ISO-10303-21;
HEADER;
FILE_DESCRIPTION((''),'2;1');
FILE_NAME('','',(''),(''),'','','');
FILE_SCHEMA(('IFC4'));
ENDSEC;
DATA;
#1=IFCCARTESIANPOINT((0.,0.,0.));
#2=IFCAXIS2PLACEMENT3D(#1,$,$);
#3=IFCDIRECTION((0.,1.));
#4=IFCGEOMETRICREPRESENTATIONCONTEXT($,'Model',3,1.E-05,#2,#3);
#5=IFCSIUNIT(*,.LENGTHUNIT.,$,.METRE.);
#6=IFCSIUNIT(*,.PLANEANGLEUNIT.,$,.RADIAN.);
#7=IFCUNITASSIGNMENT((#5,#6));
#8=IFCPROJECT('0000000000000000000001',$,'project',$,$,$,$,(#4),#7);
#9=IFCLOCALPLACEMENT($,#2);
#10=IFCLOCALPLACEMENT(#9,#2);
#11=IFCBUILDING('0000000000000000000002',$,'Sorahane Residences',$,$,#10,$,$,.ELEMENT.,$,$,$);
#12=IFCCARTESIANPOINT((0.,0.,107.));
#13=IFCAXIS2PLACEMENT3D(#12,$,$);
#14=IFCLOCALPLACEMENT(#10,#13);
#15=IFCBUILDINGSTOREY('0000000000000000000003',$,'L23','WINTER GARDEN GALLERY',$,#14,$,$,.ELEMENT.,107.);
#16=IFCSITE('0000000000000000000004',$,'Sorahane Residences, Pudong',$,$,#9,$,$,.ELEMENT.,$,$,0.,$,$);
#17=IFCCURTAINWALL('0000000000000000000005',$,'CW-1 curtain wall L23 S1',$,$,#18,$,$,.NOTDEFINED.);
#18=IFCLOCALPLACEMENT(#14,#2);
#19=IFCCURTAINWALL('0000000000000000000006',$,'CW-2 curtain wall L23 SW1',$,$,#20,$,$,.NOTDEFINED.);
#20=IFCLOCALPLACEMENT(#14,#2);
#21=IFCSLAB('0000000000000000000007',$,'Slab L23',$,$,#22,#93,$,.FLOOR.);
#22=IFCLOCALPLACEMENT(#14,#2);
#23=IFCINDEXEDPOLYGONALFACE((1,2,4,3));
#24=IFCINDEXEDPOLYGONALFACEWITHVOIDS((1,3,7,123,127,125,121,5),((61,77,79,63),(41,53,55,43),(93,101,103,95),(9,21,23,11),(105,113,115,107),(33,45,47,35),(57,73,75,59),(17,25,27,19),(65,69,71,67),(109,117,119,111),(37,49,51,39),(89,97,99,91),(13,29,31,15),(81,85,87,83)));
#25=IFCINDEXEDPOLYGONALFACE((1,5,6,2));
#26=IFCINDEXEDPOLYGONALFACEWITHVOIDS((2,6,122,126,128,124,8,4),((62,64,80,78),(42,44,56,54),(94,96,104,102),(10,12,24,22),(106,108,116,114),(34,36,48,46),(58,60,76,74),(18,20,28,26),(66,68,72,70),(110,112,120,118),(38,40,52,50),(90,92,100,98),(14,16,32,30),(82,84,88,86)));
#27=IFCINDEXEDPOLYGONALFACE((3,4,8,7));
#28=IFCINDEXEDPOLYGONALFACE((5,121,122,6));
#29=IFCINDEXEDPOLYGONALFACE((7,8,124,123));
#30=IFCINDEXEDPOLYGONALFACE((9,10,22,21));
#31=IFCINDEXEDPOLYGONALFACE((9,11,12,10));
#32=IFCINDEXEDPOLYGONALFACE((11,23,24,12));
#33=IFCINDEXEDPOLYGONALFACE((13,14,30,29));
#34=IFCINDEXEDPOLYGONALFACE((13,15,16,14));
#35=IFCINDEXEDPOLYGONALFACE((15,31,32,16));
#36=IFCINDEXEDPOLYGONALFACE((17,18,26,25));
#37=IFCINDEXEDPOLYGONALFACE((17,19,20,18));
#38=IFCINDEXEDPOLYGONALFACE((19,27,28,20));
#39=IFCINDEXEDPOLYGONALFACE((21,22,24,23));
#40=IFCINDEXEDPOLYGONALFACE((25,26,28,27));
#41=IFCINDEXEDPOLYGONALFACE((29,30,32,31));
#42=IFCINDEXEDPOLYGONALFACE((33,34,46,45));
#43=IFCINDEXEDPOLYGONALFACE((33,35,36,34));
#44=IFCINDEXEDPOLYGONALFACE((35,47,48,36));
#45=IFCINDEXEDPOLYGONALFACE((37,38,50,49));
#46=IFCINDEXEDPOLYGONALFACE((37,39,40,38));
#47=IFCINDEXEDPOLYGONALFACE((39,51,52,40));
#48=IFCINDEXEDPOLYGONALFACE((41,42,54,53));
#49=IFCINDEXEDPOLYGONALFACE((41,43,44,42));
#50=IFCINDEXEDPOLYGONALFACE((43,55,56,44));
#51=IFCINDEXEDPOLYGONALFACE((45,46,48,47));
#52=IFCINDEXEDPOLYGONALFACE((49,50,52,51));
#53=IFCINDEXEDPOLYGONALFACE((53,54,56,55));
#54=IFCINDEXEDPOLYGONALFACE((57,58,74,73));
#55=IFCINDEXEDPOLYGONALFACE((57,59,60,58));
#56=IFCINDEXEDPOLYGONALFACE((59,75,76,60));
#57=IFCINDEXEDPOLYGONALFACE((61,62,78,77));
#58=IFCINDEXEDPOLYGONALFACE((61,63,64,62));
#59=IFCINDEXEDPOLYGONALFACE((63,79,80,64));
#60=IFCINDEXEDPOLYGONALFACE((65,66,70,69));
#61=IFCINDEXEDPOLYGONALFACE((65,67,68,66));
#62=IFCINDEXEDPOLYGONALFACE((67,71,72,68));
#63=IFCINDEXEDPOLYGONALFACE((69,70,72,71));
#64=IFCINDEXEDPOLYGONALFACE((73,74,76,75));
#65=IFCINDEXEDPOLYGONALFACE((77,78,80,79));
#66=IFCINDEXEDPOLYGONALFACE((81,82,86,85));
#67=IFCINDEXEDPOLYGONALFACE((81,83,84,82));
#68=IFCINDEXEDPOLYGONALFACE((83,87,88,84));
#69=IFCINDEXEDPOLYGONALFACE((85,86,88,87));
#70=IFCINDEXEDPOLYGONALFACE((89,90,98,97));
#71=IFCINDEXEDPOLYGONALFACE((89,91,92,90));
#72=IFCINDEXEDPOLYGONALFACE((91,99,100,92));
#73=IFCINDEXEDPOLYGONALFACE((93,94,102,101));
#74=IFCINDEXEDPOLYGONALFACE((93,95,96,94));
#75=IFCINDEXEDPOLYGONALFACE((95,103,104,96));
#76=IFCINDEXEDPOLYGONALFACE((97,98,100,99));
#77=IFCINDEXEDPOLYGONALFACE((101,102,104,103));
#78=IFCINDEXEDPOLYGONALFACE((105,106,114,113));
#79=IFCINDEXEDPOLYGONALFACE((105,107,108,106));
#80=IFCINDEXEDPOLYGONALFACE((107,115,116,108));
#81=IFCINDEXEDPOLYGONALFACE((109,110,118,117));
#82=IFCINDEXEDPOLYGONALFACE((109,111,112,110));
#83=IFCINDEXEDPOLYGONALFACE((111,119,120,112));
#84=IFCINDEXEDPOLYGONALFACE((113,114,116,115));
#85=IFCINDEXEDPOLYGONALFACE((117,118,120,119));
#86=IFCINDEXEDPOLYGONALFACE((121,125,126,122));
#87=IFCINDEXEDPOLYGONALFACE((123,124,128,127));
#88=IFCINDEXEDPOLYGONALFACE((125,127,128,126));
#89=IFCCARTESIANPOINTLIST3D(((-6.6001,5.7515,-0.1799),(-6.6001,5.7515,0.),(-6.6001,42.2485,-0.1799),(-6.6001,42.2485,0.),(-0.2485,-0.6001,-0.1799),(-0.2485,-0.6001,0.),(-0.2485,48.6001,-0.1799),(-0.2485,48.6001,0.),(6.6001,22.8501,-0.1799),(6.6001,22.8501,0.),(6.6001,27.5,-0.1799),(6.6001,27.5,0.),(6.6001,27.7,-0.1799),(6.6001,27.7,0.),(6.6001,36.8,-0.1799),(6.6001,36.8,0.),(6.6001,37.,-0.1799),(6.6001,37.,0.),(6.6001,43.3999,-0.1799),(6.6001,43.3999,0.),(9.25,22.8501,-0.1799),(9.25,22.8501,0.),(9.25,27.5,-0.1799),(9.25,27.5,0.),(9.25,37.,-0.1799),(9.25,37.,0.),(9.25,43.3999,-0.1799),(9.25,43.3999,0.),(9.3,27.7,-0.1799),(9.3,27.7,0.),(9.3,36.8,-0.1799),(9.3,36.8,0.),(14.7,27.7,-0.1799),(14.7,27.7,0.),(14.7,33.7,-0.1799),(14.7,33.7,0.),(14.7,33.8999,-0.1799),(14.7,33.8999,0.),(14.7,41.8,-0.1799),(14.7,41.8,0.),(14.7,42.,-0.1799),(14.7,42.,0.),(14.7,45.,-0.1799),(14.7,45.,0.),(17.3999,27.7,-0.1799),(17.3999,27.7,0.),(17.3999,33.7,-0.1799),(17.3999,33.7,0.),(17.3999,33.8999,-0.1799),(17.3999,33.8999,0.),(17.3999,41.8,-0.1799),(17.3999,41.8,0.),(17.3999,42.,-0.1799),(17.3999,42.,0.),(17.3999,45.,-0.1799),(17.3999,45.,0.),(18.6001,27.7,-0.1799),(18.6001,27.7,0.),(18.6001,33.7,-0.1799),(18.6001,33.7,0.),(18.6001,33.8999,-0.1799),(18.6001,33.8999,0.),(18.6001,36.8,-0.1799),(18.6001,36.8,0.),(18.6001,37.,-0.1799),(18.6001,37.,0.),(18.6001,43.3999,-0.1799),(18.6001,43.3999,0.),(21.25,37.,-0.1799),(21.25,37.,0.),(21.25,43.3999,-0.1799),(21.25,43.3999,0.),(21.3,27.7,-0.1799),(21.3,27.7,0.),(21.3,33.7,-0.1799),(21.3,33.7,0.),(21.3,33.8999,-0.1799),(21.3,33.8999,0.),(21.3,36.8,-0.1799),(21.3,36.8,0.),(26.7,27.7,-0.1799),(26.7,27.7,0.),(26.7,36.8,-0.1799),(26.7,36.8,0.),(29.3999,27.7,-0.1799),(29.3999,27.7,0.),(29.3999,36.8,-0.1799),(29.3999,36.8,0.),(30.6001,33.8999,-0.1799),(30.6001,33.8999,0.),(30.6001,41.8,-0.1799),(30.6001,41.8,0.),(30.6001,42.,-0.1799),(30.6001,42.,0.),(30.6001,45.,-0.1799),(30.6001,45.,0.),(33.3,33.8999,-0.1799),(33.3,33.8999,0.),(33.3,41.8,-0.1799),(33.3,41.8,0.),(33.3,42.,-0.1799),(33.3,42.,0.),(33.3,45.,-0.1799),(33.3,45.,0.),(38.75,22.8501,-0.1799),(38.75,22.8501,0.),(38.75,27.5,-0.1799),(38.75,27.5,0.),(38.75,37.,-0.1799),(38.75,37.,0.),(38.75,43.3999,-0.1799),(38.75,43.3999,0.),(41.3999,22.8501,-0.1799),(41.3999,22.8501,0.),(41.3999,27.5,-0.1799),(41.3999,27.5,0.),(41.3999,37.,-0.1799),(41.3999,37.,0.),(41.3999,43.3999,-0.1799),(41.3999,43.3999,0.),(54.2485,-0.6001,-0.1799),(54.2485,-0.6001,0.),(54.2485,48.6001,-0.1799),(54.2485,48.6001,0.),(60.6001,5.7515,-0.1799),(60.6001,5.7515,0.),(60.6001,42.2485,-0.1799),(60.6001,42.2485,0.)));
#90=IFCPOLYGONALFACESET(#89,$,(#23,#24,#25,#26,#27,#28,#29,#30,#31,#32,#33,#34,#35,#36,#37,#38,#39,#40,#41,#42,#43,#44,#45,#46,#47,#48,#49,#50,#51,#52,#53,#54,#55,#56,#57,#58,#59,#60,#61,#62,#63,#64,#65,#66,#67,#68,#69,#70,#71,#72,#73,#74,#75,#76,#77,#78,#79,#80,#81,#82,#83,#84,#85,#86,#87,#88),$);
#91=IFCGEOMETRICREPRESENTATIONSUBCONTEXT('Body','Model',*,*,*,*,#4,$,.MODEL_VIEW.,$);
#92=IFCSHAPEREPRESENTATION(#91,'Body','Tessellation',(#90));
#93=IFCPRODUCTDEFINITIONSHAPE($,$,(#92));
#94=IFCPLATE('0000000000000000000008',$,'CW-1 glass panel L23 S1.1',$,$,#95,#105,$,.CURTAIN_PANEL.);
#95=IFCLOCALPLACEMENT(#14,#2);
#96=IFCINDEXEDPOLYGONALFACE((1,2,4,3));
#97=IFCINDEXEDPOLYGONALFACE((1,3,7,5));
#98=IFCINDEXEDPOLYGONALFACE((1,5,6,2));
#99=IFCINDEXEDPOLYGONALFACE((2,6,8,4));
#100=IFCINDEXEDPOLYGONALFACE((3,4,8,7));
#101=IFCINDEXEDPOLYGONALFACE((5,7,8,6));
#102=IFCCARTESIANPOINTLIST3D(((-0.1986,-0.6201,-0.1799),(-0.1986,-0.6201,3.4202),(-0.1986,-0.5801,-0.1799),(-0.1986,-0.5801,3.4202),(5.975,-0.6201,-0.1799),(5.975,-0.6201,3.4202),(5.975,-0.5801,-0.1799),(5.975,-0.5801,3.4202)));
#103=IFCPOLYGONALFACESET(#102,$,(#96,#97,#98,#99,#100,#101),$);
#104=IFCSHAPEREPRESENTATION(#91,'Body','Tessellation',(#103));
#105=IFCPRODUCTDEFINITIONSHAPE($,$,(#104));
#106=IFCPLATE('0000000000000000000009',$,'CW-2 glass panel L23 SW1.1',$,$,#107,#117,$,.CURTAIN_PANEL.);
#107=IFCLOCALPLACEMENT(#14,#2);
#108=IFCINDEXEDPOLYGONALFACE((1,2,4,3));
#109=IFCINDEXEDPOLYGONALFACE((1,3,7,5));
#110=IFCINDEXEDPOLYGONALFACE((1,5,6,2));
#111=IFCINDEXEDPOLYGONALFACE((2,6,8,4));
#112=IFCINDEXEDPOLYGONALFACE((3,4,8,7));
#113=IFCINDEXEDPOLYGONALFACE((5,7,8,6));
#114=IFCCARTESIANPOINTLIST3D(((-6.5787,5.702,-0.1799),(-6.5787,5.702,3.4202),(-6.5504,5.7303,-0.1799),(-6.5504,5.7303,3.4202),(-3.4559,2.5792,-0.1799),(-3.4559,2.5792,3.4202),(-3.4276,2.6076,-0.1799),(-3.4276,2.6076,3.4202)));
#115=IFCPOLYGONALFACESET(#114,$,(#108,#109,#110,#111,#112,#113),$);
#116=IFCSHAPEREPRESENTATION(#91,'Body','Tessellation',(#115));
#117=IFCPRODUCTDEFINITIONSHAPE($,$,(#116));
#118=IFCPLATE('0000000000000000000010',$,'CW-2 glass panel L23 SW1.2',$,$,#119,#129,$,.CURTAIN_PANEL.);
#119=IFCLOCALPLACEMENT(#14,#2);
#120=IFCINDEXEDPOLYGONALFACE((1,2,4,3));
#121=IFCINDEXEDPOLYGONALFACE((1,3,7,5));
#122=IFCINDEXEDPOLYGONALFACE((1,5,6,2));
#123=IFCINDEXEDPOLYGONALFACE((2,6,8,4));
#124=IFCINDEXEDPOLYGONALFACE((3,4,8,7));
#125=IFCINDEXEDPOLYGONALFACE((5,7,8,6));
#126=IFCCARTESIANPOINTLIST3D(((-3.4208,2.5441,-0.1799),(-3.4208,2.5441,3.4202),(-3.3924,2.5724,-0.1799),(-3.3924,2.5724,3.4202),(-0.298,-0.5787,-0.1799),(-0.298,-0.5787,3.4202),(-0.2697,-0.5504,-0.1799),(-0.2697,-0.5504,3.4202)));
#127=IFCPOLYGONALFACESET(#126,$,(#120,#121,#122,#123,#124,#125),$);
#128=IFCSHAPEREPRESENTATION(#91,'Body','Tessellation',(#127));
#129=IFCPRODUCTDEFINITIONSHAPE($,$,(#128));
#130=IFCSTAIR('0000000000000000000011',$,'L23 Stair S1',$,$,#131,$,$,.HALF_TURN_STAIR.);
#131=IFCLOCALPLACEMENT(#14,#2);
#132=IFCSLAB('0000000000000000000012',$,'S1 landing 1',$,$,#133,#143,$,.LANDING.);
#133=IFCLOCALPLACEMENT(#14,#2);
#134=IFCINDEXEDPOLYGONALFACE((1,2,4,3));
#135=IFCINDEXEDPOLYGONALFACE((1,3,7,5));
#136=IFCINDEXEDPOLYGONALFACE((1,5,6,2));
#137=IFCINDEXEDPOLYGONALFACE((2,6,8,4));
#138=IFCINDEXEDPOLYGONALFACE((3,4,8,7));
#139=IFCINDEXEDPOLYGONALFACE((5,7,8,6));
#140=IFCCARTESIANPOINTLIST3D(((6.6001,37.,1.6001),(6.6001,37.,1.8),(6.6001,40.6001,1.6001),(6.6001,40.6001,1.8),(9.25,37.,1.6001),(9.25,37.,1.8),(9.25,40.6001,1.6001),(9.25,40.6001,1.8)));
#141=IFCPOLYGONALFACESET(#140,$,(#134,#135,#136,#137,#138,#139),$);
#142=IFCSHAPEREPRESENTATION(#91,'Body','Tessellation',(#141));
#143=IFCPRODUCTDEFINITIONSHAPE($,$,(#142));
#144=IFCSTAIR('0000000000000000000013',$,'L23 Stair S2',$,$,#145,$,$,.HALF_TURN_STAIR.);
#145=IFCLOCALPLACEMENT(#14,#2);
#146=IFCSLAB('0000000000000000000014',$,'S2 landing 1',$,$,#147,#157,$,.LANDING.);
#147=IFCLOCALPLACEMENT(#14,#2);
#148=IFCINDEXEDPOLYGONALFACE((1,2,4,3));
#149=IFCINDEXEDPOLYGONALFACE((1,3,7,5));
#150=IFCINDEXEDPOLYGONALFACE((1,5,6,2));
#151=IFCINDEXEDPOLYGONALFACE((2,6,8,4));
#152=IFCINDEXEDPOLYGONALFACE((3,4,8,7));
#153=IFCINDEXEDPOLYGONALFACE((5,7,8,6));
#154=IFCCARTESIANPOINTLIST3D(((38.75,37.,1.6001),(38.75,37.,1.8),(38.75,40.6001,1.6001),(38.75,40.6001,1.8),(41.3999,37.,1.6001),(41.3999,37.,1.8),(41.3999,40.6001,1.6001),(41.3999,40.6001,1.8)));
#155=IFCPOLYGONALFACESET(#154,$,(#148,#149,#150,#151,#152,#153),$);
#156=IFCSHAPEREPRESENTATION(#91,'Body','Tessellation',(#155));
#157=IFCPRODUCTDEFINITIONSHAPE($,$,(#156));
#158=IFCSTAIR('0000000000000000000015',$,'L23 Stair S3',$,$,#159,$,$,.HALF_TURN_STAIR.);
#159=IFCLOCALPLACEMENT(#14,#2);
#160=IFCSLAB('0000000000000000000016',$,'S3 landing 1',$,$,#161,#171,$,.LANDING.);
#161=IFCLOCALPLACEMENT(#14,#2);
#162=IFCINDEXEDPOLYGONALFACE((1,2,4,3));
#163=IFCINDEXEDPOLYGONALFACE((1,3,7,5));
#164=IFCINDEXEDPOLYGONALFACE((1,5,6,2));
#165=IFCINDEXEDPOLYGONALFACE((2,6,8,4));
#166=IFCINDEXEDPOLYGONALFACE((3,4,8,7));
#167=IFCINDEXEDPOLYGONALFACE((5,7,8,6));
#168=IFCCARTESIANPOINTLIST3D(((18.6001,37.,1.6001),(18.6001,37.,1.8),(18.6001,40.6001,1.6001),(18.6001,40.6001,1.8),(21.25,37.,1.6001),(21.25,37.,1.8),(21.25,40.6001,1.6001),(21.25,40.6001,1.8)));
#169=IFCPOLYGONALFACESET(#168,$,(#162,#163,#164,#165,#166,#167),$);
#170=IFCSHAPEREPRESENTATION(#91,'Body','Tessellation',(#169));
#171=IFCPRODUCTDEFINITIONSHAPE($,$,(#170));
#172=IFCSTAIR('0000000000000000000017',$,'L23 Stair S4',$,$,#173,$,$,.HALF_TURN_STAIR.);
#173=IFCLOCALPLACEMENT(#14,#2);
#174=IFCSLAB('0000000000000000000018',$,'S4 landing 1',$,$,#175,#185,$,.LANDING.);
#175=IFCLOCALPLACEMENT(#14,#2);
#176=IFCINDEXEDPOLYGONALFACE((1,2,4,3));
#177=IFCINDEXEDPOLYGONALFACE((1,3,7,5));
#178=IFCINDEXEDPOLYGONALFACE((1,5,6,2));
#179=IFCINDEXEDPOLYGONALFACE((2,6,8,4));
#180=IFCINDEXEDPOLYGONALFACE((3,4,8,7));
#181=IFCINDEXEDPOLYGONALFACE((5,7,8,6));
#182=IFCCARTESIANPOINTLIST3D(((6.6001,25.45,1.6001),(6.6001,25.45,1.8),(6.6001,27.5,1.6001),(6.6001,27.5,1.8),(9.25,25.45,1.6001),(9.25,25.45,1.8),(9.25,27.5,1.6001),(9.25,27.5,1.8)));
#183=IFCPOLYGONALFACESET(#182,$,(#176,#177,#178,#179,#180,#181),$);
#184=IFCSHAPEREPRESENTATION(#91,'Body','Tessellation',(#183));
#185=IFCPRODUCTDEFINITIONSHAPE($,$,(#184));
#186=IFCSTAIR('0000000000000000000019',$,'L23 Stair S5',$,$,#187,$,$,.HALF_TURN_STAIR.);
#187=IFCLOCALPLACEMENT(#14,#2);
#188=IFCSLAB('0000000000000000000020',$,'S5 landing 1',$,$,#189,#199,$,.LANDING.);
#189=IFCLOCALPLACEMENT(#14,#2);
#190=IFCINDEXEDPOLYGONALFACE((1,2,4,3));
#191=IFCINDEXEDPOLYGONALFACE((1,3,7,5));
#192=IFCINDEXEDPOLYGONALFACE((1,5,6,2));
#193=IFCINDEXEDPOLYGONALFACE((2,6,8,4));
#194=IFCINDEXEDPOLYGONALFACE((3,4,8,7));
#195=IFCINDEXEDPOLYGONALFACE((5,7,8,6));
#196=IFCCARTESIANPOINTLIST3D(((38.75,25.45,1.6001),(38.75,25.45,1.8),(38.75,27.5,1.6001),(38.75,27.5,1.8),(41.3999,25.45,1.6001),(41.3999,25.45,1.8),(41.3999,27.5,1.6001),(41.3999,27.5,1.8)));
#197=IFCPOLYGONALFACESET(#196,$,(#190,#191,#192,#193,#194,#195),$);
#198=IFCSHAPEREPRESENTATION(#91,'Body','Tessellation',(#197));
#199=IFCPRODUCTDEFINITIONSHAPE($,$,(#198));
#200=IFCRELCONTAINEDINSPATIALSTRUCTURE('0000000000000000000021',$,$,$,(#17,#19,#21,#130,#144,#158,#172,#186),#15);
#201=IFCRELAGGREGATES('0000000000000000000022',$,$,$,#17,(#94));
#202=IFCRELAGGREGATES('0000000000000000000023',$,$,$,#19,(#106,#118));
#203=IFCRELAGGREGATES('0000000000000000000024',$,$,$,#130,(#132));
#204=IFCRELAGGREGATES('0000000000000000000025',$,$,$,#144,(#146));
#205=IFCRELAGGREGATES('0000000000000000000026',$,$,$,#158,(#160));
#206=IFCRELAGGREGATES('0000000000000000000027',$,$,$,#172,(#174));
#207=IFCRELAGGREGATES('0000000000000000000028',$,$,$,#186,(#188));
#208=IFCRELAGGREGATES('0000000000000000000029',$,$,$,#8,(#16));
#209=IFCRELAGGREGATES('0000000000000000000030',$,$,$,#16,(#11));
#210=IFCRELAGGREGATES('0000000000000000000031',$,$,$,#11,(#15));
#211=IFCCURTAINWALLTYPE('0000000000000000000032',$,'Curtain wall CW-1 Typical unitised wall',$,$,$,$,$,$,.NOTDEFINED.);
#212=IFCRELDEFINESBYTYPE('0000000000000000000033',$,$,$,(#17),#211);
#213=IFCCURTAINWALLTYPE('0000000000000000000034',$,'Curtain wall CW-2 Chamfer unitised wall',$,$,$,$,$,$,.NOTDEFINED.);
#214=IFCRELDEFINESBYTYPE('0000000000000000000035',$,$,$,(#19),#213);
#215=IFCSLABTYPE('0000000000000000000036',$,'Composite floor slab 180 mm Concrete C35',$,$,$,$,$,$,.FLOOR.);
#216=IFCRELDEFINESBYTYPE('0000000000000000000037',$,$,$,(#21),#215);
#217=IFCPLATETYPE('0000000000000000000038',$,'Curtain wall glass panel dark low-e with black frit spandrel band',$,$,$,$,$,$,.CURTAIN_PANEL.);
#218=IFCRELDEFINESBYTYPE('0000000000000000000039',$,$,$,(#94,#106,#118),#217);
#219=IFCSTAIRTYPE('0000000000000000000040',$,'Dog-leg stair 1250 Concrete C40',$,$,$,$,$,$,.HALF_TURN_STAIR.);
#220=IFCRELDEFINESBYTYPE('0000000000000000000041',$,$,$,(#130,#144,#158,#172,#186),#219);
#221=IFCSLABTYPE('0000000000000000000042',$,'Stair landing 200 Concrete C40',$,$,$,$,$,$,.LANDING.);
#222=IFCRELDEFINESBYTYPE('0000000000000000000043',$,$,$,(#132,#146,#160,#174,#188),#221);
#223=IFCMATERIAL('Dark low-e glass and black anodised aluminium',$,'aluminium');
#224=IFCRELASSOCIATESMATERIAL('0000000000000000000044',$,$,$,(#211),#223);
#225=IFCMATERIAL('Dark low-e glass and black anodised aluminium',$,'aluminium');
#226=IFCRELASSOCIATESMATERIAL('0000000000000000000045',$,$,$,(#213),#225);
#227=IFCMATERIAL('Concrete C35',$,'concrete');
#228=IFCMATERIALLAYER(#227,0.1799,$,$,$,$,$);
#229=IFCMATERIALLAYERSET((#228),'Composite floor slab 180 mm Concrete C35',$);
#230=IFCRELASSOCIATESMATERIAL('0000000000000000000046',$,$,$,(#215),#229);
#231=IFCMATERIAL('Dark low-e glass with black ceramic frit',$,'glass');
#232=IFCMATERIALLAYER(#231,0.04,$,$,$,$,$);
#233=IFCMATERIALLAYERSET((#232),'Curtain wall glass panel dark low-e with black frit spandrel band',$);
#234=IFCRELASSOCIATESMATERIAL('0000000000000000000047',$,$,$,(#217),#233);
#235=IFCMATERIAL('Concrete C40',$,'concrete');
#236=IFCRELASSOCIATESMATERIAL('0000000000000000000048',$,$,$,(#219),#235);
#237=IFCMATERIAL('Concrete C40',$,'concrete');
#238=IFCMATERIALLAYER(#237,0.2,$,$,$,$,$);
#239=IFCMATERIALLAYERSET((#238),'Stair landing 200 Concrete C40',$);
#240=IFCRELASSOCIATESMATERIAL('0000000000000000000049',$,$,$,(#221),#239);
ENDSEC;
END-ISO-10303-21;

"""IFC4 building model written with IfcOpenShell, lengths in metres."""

from ifc_helpers import new_model, si_unit, direction, frame, origin, origin_2d, place, context, subcontext, project, spatial, polyline, rectangle, outline, extrude, material, layer, layer_set, type_object, element, aggregate, save


model = new_model("IFC4")

# Units and contexts
model_context = context("Model", 3, precision=1e-05, world=origin(), true_north=direction((0.0, 1.0)))
body_context = subcontext(model_context, "Body", "Model", "MODEL_VIEW")
ifc_project = project(units=[si_unit("LENGTHUNIT", "METRE"), si_unit("PLANEANGLEUNIT", "RADIAN")], contexts=[model_context])

# Site, building, storey
site_placement = place(None, origin())
site = spatial("IfcSite", under=ifc_project, at=site_placement, Name="Sorahane Residences, Pudong", CompositionType="ELEMENT", RefElevation=0.0)
building_placement = place(site_placement, origin())
building = spatial("IfcBuilding", under=site, at=building_placement, Name="Sorahane Residences", CompositionType="ELEMENT")
storey_placement = place(building_placement, frame((0.0, 0.0, 107.0)))
storey = spatial("IfcBuildingStorey", under=building, at=storey_placement, Name="L23", Description="WINTER GARDEN GALLERY", CompositionType="ELEMENT", Elevation=107.0)

# Curtain wall
ifc_material_1 = material(Name="Dark low-e glass and black anodised aluminium", Category="aluminium")
curtain_wall_type_1 = type_object("IfcCurtainWallType", Name="Curtain wall CW-1 Typical unitised wall", PredefinedType="NOTDEFINED", material=ifc_material_1)
curtain_wall_1_placement = place(storey_placement, origin())
curtain_wall_1 = element("IfcCurtainWall", 1, at=curtain_wall_1_placement, inside=storey, type_object=curtain_wall_type_1, Name="CW-1 curtain wall L23 S1", PredefinedType="NOTDEFINED")

# Curtain wall
ifc_material_2 = material(Name="Dark low-e glass and black anodised aluminium", Category="aluminium")
curtain_wall_type_2 = type_object("IfcCurtainWallType", Name="Curtain wall CW-2 Chamfer unitised wall", PredefinedType="NOTDEFINED", material=ifc_material_2)
curtain_wall_2_placement = place(storey_placement, origin())
curtain_wall_2 = element("IfcCurtainWall", 2, at=curtain_wall_2_placement, inside=storey, type_object=curtain_wall_type_2, Name="CW-2 curtain wall L23 SW1", PredefinedType="NOTDEFINED")

# Slab
ifc_material_3 = material(Name="Concrete C35", Category="concrete")
ifc_layer_1 = layer(ifc_material_3, 0.1799)
ifc_layer_set_1 = layer_set([ifc_layer_1], Name="Composite floor slab 180 mm Concrete C35")
slab_type_1 = type_object("IfcSlabType", Name="Composite floor slab 180 mm Concrete C35", PredefinedType="FLOOR", material=ifc_layer_set_1)
slab_1_placement = place(storey_placement, frame((0.0, 0.0, -0.1799)))
element("IfcSlab", 3, at=slab_1_placement, inside=storey, type_object=slab_type_1, Name="Slab L23", PredefinedType="FLOOR", context=body_context, shape_type="SweptSolid", body=[
    extrude(outline(polyline([(-0.2485, -0.6001), (-6.6001, 5.7515), (-6.6001, 42.2485), (-0.2485, 48.6001), (54.2485, 48.6001), (60.6001, 42.2485), (60.6001, 5.7515), (54.2485, -0.6001), (-0.2485, -0.6001)]), holes=[polyline([(18.6001, 27.7), (21.3, 27.7), (21.3, 33.7), (18.6001, 33.7), (18.6001, 27.7)]), polyline([(30.6001, 42.0), (33.3, 42.0), (33.3, 45.0), (30.6001, 45.0), (30.6001, 42.0)]), polyline([(14.7, 27.7), (17.3999, 27.7), (17.3999, 33.7), (14.7, 33.7), (14.7, 27.7)]), polyline([(14.7, 42.0), (17.3999, 42.0), (17.3999, 45.0), (14.7, 45.0), (14.7, 42.0)]), polyline([(6.6001, 27.7), (9.3, 27.7), (9.3, 36.8), (6.6001, 36.8), (6.6001, 27.7)]), polyline([(6.6001, 43.3999), (6.6001, 37.0), (9.25, 37.0), (9.25, 43.3999), (6.6001, 43.3999)]), polyline([(38.75, 43.3999), (38.75, 37.0), (41.3999, 37.0), (41.3999, 43.3999), (38.75, 43.3999)]), polyline([(18.6001, 43.3999), (18.6001, 37.0), (21.25, 37.0), (21.25, 43.3999), (18.6001, 43.3999)]), polyline([(9.25, 22.8501), (9.25, 27.5), (6.6001, 27.5), (6.6001, 22.8501), (9.25, 22.8501)]), polyline([(41.3999, 22.8501), (41.3999, 27.5), (38.75, 27.5), (38.75, 22.8501), (41.3999, 22.8501)]), polyline([(14.7, 33.8999), (17.3999, 33.8999), (17.3999, 41.8), (14.7, 41.8), (14.7, 33.8999)]), polyline([(30.6001, 33.8999), (33.3, 33.8999), (33.3, 41.8), (30.6001, 41.8), (30.6001, 33.8999)]), polyline([(18.6001, 33.8999), (21.3, 33.8999), (21.3, 36.8), (18.6001, 36.8), (18.6001, 33.8999)]), polyline([(26.7, 27.7), (29.3999, 27.7), (29.3999, 36.8), (26.7, 36.8), (26.7, 27.7)])]), origin(), (0.0, 0.0, 1.0), 0.1799),
])

# Plates
ifc_material_4 = material(Name="Dark low-e glass with black ceramic frit", Category="glass")
ifc_layer_2 = layer(ifc_material_4, 0.04)
ifc_layer_set_2 = layer_set([ifc_layer_2], Name="Curtain wall glass panel dark low-e with black frit spandrel band")
plate_type = type_object("IfcPlateType", Name="Curtain wall glass panel dark low-e with black frit spandrel band", PredefinedType="CURTAIN_PANEL", material=ifc_layer_set_2)
plate_1_placement = place(storey_placement, frame((2.8882, -0.6001, -0.1799), z_axis=(0.0, 0.0, 1.0), x_axis=(1.0, 0.0, 0.0)))
plate_1 = element("IfcPlate", 4, at=plate_1_placement, type_object=plate_type, Name="CW-1 glass panel L23 S1.1", PredefinedType="CURTAIN_PANEL", context=body_context, shape_type="SweptSolid", body=[
    extrude(rectangle(XDim=6.1736, YDim=0.04, at=origin_2d()), origin(), (0.0, 0.0, 1.0), 3.6001),
])
aggregate(curtain_wall_1, [plate_1])
plate_2_placement = place(storey_placement, frame((-5.0032, 4.1548, -0.1799), z_axis=(0.0, 0.0, 1.0), x_axis=(0.707107, -0.707107, 0.0)))
plate_2 = element("IfcPlate", 5, at=plate_2_placement, type_object=plate_type, Name="CW-2 glass panel L23 SW1.1", PredefinedType="CURTAIN_PANEL", context=body_context, shape_type="SweptSolid", body=[
    extrude(rectangle(XDim=4.4163, YDim=0.04, at=origin_2d()), origin(), (0.0, 0.0, 1.0), 3.6001),
])
plate_3_placement = place(storey_placement, frame((-1.8452, 0.9968, -0.1799), z_axis=(0.0, 0.0, 1.0), x_axis=(0.707107, -0.707107, 0.0)))
plate_3 = element("IfcPlate", 6, at=plate_3_placement, type_object=plate_type, Name="CW-2 glass panel L23 SW1.2", PredefinedType="CURTAIN_PANEL", context=body_context, shape_type="SweptSolid", body=[
    extrude(rectangle(XDim=4.4163, YDim=0.04, at=origin_2d()), origin(), (0.0, 0.0, 1.0), 3.6001),
])
aggregate(curtain_wall_2, [plate_2, plate_3])

# Stairs, slabs
ifc_material_5 = material(Name="Concrete C40", Category="concrete")
stair_type = type_object("IfcStairType", Name="Dog-leg stair 1250 Concrete C40", PredefinedType="HALF_TURN_STAIR", material=ifc_material_5)
stair_1_placement = place(storey_placement, origin())
stair_1 = element("IfcStair", 7, at=stair_1_placement, inside=storey, type_object=stair_type, Name="L23 Stair S1", PredefinedType="HALF_TURN_STAIR")
ifc_material_6 = material(Name="Concrete C40", Category="concrete")
ifc_layer_3 = layer(ifc_material_6, 0.2)
ifc_layer_set_3 = layer_set([ifc_layer_3], Name="Stair landing 200 Concrete C40")
slab_type_2 = type_object("IfcSlabType", Name="Stair landing 200 Concrete C40", PredefinedType="LANDING", material=ifc_layer_set_3)
slab_2_placement = place(storey_placement, frame((0.0, 0.0, 1.6001)))
slab_2 = element("IfcSlab", 8, at=slab_2_placement, type_object=slab_type_2, Name="S1 landing 1", PredefinedType="LANDING", context=body_context, shape_type="SweptSolid", body=[
    extrude(outline(polyline([(6.6001, 40.6001), (6.6001, 37.0), (9.25, 37.0), (9.25, 40.6001), (6.6001, 40.6001)])), origin(), (0.0, 0.0, 1.0), 0.2),
])
aggregate(stair_1, [slab_2])
stair_2_placement = place(storey_placement, origin())
stair_2 = element("IfcStair", 9, at=stair_2_placement, inside=storey, type_object=stair_type, Name="L23 Stair S2", PredefinedType="HALF_TURN_STAIR")
slab_3_placement = place(storey_placement, frame((0.0, 0.0, 1.6001)))
slab_3 = element("IfcSlab", 10, at=slab_3_placement, type_object=slab_type_2, Name="S2 landing 1", PredefinedType="LANDING", context=body_context, shape_type="SweptSolid", body=[
    extrude(outline(polyline([(38.75, 40.6001), (38.75, 37.0), (41.3999, 37.0), (41.3999, 40.6001), (38.75, 40.6001)])), origin(), (0.0, 0.0, 1.0), 0.2),
])
aggregate(stair_2, [slab_3])
stair_3_placement = place(storey_placement, origin())
stair_3 = element("IfcStair", 11, at=stair_3_placement, inside=storey, type_object=stair_type, Name="L23 Stair S3", PredefinedType="HALF_TURN_STAIR")
slab_4_placement = place(storey_placement, frame((0.0, 0.0, 1.6001)))
slab_4 = element("IfcSlab", 12, at=slab_4_placement, type_object=slab_type_2, Name="S3 landing 1", PredefinedType="LANDING", context=body_context, shape_type="SweptSolid", body=[
    extrude(outline(polyline([(18.6001, 40.6001), (18.6001, 37.0), (21.25, 37.0), (21.25, 40.6001), (18.6001, 40.6001)])), origin(), (0.0, 0.0, 1.0), 0.2),
])
aggregate(stair_3, [slab_4])
stair_4_placement = place(storey_placement, origin())
stair_4 = element("IfcStair", 13, at=stair_4_placement, inside=storey, type_object=stair_type, Name="L23 Stair S4", PredefinedType="HALF_TURN_STAIR")
slab_5_placement = place(storey_placement, frame((0.0, 0.0, 1.6001)))
slab_5 = element("IfcSlab", 14, at=slab_5_placement, type_object=slab_type_2, Name="S4 landing 1", PredefinedType="LANDING", context=body_context, shape_type="SweptSolid", body=[
    extrude(outline(polyline([(9.25, 25.45), (9.25, 27.5), (6.6001, 27.5), (6.6001, 25.45), (9.25, 25.45)])), origin(), (0.0, 0.0, 1.0), 0.2),
])
aggregate(stair_4, [slab_5])
stair_5_placement = place(storey_placement, origin())
stair_5 = element("IfcStair", 15, at=stair_5_placement, inside=storey, type_object=stair_type, Name="L23 Stair S5", PredefinedType="HALF_TURN_STAIR")
slab_6_placement = place(storey_placement, frame((0.0, 0.0, 1.6001)))
slab_6 = element("IfcSlab", 16, at=slab_6_placement, type_object=slab_type_2, Name="S5 landing 1", PredefinedType="LANDING", context=body_context, shape_type="SweptSolid", body=[
    extrude(outline(polyline([(41.3999, 25.45), (41.3999, 27.5), (38.75, 27.5), (38.75, 25.45), (41.3999, 25.45)])), origin(), (0.0, 0.0, 1.0), 0.2),
])
aggregate(stair_5, [slab_6])

save(model, "model.ifc")
